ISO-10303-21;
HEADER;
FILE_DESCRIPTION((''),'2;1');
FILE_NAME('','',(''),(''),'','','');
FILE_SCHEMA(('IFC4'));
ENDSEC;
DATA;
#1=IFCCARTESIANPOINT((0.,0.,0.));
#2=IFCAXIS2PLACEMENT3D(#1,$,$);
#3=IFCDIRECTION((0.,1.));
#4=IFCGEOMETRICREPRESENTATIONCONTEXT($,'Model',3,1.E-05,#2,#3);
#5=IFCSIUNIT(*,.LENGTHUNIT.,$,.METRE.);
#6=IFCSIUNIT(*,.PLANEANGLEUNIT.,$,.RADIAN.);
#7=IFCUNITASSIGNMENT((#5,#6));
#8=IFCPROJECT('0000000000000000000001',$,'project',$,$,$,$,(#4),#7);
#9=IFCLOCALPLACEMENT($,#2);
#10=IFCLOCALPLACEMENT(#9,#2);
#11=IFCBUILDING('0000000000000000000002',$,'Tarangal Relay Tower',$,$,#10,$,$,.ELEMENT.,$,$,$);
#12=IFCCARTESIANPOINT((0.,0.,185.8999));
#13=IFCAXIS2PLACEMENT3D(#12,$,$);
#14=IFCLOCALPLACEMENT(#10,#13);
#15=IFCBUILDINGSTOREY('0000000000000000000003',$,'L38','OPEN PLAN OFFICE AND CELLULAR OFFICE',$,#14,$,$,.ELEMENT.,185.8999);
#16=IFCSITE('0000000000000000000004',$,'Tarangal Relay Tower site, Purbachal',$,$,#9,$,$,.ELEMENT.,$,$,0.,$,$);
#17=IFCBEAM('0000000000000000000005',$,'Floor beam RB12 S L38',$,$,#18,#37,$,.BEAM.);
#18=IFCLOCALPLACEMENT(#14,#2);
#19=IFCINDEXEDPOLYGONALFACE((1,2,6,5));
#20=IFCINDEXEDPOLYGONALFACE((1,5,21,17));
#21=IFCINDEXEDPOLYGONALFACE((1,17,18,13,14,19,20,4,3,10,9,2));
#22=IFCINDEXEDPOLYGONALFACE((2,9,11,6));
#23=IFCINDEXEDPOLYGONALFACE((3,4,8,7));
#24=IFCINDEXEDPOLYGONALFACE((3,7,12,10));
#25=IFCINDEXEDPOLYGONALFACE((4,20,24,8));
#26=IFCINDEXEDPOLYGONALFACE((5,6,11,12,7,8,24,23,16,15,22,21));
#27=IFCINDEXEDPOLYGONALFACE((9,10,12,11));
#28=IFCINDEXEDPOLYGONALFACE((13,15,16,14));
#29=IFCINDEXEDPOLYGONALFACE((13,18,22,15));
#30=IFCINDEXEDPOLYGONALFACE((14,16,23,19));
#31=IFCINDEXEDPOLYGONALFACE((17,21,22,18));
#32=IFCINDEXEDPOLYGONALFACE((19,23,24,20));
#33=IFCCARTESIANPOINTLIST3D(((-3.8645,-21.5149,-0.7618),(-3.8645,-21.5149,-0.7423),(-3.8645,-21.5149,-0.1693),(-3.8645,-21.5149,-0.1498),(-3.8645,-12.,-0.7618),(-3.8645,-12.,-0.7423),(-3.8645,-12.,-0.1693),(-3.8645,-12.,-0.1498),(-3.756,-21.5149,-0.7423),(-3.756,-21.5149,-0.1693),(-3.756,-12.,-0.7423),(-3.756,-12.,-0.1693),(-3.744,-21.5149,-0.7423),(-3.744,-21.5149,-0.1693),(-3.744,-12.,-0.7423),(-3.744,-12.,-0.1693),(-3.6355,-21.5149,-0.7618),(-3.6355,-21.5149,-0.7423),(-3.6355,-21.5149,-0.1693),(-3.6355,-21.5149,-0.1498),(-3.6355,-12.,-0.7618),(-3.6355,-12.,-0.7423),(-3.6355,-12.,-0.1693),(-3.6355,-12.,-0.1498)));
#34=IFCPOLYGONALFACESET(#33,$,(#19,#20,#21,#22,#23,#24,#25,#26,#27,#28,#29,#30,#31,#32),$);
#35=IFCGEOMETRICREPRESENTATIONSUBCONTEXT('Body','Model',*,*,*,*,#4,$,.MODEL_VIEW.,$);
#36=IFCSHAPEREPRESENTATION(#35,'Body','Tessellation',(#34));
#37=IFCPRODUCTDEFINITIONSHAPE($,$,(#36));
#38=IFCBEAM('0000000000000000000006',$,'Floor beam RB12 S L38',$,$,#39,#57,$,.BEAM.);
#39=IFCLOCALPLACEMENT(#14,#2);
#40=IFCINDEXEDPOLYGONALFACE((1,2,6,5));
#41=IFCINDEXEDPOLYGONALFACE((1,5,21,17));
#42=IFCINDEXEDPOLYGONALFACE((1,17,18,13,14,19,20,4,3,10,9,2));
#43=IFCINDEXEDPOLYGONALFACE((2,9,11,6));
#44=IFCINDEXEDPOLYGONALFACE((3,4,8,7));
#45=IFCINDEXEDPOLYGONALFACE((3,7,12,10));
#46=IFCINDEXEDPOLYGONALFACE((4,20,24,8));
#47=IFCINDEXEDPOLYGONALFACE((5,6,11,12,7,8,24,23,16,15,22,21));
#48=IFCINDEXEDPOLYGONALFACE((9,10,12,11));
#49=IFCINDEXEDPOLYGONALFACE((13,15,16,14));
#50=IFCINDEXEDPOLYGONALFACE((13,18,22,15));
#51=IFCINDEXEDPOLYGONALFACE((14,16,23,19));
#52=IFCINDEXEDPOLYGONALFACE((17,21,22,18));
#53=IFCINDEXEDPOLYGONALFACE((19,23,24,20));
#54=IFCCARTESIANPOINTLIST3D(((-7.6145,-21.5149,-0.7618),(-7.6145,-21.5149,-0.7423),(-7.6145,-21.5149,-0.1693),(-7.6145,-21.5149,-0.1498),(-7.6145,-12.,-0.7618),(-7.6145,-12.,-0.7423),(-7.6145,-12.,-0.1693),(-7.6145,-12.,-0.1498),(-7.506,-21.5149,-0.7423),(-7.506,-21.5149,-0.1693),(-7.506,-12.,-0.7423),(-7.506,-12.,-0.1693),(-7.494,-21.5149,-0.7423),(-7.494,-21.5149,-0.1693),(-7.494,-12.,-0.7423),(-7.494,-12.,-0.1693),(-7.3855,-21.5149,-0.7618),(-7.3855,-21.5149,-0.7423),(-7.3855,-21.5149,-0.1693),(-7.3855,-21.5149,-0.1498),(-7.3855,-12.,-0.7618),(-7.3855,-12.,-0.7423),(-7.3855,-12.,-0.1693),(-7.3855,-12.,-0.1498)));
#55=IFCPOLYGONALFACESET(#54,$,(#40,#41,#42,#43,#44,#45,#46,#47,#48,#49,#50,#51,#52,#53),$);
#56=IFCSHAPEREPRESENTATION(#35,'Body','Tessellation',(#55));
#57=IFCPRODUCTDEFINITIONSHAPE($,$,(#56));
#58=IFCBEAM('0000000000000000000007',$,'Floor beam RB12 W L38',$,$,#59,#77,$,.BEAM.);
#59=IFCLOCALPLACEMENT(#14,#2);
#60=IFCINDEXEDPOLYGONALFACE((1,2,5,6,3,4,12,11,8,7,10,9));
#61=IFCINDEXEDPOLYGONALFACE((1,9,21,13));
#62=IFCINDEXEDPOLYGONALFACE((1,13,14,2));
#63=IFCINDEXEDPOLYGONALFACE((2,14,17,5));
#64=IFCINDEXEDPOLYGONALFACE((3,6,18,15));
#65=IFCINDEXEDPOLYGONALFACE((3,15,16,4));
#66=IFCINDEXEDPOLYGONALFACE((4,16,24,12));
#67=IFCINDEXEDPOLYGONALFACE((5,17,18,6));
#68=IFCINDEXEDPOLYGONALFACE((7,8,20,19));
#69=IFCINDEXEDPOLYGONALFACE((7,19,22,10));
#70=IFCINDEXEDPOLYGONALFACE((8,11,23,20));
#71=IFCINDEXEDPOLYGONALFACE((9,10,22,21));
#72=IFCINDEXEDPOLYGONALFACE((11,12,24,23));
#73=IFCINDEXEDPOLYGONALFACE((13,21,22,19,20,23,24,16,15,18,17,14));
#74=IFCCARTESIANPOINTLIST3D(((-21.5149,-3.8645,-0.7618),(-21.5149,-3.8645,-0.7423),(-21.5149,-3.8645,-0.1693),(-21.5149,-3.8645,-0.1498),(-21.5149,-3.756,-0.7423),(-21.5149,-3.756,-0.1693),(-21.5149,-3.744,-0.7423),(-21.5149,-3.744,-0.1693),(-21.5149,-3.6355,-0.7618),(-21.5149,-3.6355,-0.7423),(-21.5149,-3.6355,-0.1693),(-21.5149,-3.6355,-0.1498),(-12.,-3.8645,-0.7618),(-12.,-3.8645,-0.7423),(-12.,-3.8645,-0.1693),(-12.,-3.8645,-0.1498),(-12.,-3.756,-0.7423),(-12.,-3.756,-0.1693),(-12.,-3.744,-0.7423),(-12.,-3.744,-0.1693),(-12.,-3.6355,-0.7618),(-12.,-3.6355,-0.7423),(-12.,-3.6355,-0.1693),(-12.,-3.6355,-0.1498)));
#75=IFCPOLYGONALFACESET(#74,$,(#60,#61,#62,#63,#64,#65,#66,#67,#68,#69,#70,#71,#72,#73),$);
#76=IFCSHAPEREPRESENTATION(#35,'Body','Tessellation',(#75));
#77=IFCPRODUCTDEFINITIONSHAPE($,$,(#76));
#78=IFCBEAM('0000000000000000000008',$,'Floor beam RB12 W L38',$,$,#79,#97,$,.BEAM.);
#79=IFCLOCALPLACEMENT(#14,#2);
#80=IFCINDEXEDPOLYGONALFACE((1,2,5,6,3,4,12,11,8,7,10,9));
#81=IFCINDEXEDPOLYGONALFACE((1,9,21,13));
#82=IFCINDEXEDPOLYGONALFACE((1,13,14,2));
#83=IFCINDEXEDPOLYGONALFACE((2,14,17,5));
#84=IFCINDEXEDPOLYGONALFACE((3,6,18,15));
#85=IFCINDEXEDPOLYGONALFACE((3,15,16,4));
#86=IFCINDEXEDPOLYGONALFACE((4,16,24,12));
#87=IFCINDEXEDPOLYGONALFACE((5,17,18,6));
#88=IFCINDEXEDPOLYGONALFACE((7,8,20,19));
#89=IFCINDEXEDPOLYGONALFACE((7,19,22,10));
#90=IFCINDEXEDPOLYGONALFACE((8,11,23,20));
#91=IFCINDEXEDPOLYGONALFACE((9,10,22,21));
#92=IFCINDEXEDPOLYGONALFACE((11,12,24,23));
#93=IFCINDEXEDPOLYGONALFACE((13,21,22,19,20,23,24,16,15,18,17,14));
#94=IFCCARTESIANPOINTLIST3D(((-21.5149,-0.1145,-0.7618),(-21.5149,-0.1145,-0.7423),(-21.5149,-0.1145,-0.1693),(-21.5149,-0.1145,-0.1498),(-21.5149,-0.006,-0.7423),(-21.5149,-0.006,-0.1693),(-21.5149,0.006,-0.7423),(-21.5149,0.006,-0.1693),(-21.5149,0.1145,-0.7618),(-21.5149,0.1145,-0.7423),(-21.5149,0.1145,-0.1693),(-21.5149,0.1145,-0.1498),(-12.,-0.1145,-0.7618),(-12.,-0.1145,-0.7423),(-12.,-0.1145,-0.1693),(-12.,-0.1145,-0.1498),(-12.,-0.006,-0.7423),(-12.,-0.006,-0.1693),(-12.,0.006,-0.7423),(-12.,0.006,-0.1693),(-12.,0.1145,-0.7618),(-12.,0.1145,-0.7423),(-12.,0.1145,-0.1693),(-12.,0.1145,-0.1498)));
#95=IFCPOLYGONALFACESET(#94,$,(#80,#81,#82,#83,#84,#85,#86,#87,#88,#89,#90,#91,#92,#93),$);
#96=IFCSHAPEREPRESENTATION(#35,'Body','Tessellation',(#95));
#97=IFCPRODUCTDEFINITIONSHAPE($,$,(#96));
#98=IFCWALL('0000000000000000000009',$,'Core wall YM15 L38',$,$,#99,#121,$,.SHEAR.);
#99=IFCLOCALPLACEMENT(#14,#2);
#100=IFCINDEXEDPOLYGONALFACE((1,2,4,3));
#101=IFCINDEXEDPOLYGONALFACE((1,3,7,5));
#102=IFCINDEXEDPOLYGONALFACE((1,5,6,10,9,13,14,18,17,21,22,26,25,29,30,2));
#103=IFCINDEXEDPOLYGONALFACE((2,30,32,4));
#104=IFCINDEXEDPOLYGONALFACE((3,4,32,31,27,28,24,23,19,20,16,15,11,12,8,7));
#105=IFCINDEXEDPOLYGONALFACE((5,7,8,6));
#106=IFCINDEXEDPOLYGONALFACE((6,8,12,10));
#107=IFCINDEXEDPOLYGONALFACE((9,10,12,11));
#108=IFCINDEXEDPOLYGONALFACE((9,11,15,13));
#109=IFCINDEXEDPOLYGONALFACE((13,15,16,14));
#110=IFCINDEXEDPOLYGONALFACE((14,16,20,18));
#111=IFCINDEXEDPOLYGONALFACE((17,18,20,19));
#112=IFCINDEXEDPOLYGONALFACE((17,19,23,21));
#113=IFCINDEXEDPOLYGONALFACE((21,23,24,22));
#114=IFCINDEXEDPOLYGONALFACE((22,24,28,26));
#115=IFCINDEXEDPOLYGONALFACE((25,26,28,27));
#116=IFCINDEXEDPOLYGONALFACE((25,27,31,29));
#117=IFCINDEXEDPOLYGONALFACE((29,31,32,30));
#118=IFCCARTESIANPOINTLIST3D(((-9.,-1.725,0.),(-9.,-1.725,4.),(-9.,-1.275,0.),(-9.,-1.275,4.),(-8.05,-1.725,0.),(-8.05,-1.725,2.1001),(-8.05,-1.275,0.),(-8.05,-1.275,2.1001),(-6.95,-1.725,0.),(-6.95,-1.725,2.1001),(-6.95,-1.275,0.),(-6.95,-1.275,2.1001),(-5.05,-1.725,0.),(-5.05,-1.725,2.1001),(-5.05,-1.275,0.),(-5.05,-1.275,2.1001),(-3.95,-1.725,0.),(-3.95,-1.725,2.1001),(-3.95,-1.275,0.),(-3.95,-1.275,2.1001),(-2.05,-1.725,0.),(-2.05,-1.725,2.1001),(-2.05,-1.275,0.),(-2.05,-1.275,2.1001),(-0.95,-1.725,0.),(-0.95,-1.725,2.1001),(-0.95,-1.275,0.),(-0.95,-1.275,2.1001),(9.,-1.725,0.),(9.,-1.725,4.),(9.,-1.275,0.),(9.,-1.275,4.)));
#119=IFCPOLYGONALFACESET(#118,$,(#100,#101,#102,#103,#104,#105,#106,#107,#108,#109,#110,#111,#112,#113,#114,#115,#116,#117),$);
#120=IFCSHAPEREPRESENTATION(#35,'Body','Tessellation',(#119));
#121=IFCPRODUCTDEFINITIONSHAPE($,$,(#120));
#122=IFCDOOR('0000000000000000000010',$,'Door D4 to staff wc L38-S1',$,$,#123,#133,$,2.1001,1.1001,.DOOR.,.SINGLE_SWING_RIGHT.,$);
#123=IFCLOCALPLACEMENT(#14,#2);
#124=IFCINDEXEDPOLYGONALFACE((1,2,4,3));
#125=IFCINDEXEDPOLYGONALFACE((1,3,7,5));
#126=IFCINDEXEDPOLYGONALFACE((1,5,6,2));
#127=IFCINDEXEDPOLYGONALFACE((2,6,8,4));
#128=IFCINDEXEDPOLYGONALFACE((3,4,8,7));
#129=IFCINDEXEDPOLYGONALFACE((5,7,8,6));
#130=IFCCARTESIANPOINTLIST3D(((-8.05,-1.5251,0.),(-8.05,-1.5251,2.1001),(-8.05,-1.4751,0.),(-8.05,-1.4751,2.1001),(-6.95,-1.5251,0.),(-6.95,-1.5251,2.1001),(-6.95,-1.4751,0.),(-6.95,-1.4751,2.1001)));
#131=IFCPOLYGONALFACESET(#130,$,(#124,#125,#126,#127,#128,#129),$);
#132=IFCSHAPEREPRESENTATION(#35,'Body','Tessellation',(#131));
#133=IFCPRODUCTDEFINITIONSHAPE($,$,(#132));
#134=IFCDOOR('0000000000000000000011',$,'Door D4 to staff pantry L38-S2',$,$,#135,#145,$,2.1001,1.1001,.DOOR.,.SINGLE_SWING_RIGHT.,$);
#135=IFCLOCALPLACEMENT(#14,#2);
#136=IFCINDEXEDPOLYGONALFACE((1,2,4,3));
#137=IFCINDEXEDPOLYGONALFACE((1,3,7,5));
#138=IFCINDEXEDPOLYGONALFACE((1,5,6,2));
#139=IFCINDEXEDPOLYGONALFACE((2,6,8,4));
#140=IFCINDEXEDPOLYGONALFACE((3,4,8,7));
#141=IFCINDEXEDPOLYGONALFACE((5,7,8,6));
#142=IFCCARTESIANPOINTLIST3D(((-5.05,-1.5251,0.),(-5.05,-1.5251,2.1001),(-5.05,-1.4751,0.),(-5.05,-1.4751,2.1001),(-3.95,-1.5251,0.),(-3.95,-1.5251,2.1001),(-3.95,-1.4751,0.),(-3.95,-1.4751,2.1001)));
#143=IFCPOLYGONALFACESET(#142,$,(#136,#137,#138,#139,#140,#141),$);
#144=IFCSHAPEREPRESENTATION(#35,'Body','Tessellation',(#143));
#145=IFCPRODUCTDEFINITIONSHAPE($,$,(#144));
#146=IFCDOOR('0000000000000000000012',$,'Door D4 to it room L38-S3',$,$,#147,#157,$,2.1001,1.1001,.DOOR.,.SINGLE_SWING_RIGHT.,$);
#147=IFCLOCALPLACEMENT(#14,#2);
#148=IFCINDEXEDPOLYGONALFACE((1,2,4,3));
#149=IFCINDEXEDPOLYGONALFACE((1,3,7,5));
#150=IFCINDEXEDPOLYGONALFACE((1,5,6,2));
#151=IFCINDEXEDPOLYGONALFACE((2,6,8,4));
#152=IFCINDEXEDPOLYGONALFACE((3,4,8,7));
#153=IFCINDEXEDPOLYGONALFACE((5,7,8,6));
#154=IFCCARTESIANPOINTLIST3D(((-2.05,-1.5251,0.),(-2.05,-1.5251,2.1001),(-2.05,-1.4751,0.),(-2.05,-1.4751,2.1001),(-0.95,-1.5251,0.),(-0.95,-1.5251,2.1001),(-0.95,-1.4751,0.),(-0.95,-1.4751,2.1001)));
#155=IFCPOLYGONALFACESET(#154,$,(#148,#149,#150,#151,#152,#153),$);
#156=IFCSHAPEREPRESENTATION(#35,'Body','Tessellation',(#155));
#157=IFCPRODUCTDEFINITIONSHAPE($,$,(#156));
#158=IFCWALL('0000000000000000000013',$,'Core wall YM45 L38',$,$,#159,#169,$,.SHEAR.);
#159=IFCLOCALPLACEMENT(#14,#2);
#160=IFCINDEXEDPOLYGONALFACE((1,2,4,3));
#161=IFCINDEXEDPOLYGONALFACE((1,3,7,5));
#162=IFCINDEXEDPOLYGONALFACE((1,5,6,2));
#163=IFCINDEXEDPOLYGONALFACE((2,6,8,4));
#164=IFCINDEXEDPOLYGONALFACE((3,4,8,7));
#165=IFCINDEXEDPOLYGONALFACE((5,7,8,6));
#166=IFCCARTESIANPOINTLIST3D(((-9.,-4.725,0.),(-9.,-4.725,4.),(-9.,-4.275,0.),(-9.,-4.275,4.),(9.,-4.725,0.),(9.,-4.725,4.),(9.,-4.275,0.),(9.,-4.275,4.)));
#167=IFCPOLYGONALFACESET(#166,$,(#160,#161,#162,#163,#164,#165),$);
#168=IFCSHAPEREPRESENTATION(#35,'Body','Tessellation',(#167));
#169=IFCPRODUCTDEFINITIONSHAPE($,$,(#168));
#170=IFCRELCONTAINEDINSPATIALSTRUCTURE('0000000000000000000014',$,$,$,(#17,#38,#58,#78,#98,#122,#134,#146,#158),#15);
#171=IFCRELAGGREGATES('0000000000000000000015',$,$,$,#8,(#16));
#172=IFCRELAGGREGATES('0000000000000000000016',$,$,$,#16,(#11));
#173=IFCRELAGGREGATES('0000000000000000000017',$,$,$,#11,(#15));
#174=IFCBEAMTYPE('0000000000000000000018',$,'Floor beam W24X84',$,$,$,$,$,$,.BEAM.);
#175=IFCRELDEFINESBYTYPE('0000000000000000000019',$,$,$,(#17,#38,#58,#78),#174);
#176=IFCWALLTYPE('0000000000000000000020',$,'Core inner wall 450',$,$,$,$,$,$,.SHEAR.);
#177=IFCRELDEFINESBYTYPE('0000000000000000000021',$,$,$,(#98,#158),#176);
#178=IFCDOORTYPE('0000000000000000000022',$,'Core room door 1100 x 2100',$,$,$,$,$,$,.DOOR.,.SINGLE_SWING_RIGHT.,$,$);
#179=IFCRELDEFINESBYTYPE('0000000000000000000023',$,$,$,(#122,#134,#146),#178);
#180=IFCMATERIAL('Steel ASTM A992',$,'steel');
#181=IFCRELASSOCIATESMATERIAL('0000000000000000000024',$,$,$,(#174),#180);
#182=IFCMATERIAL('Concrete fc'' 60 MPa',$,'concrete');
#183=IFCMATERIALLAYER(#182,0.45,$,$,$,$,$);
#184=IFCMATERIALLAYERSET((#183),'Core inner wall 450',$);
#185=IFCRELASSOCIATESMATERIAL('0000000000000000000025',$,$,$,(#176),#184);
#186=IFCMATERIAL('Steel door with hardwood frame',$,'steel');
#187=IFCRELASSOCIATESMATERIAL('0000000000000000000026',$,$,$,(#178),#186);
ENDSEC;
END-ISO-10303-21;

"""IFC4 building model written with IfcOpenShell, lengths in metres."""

from ifc_helpers import new_model, si_unit, direction, frame, frame_2d, origin, origin_2d, place, context, subcontext, project, spatial, rectangle, i_section, extrude, material, layer, layer_set, material_profile, profile_set, type_object, element, fill, save


model = new_model("IFC4")

# Units and contexts
model_context = context("Model", 3, precision=1e-05, world=origin(), true_north=direction((0.0, 1.0)))
body_context = subcontext(model_context, "Body", "Model", "MODEL_VIEW")
ifc_project = project(units=[si_unit("LENGTHUNIT", "METRE"), si_unit("PLANEANGLEUNIT", "RADIAN")], contexts=[model_context])

# Site, building, storey
site_placement = place(None, origin())
site = spatial("IfcSite", under=ifc_project, at=site_placement, Name="Tarangal Relay Tower site, Purbachal", CompositionType="ELEMENT", RefElevation=0.0)
building_placement = place(site_placement, origin())
building = spatial("IfcBuilding", under=site, at=building_placement, Name="Tarangal Relay Tower", CompositionType="ELEMENT")
storey_placement = place(building_placement, frame((0.0, 0.0, 185.8999)))
storey = spatial("IfcBuildingStorey", under=building, at=storey_placement, Name="L38", Description="OPEN PLAN OFFICE AND CELLULAR OFFICE", CompositionType="ELEMENT", Elevation=185.8999)

# Beams
ifc_material_1 = material(Name="Steel ASTM A992", Category="steel")
ifc_material_profile = material_profile(ifc_material_1, i_section(OverallWidth=0.229, OverallDepth=0.6121, WebThickness=0.012, FlangeThickness=0.0195, at=origin_2d()), Name="W24X84")
ifc_profile_set = profile_set([ifc_material_profile], Name="Steel ASTM A992")
beam_type = type_object("IfcBeamType", Name="Floor beam W24X84", PredefinedType="BEAM", material=ifc_profile_set)
for number, where, z_axis, x_axis, name in (
    (1, (-3.75, -12.0, -0.4558), (0.0, -1.0, 0.0), (1.0, 0.0, 0.0), "Floor beam RB12 S L38"),
    (2, (-7.5, -12.0, -0.4558), (0.0, -1.0, 0.0), (1.0, 0.0, 0.0), "Floor beam RB12 S L38"),
    (3, (-12.0, -3.75, -0.4558), (-1.0, 0.0, 0.0), (0.0, -1.0, 0.0), "Floor beam RB12 W L38"),
    (4, (-12.0, 0.0, -0.4558), (-1.0, 0.0, 0.0), (0.0, -1.0, 0.0), "Floor beam RB12 W L38"),
):
    element("IfcBeam", number, at=place(storey_placement, frame(where, z_axis=z_axis, x_axis=x_axis)), inside=storey, type_object=beam_type, Name=name, PredefinedType="BEAM", context=body_context, shape_type="SweptSolid", body=[
        extrude(i_section(OverallWidth=0.229, OverallDepth=0.6121, WebThickness=0.012, FlangeThickness=0.0195, at=origin_2d()), origin(), (0.0, 0.0, 1.0), 9.5149),
    ])

# Wall, openings, doors
ifc_material_2 = material(Name="Concrete fc' 60 MPa", Category="concrete")
ifc_layer_1 = layer(ifc_material_2, 0.45)
ifc_layer_set_1 = layer_set([ifc_layer_1], Name="Core inner wall 450")
wall_type_1 = type_object("IfcWallType", Name="Core inner wall 450", PredefinedType="SHEAR", material=ifc_layer_set_1)
wall_1_placement = place(storey_placement, frame((-9.0, -1.5, 0.0), z_axis=(0.0, 0.0, 1.0), x_axis=(1.0, 0.0, 0.0)))
wall_1 = element("IfcWall", 5, at=wall_1_placement, inside=storey, type_object=wall_type_1, Name="Core wall YM15 L38", PredefinedType="SHEAR", context=body_context, shape_type="SweptSolid", body=[
    extrude(rectangle(XDim=18.0, YDim=0.45, at=frame_2d((9.0, 0.0))), origin(), (0.0, 0.0, 1.0), 4.0),
])
opening_1_placement = place(wall_1_placement, frame((0.95, 0.0, 0.0)))
opening_1 = element("IfcOpeningElement", 6, at=opening_1_placement, cuts=wall_1, PredefinedType="OPENING", context=body_context, shape_type="SweptSolid", body=[
    extrude(rectangle(XDim=1.1001, YDim=2.1001, at=frame_2d((0.55, 1.05))), frame((0.0, 0.2349, 0.0), z_axis=(0.0, -1.0, 0.0), x_axis=(1.0, 0.0, 0.0)), (0.0, 0.0, 1.0), 0.47),
])
opening_2_placement = place(wall_1_placement, frame((3.95, 0.0, 0.0)))
opening_2 = element("IfcOpeningElement", 7, at=opening_2_placement, cuts=wall_1, PredefinedType="OPENING", context=body_context, shape_type="SweptSolid", body=[
    extrude(rectangle(XDim=1.1001, YDim=2.1001, at=frame_2d((0.55, 1.05))), frame((0.0, 0.2349, 0.0), z_axis=(0.0, -1.0, 0.0), x_axis=(1.0, 0.0, 0.0)), (0.0, 0.0, 1.0), 0.47),
])
opening_3_placement = place(wall_1_placement, frame((6.95, 0.0, 0.0)))
opening_3 = element("IfcOpeningElement", 8, at=opening_3_placement, cuts=wall_1, PredefinedType="OPENING", context=body_context, shape_type="SweptSolid", body=[
    extrude(rectangle(XDim=1.1001, YDim=2.1001, at=frame_2d((0.55, 1.05))), frame((0.0, 0.2349, 0.0), z_axis=(0.0, -1.0, 0.0), x_axis=(1.0, 0.0, 0.0)), (0.0, 0.0, 1.0), 0.47),
])
ifc_material_3 = material(Name="Steel door with hardwood frame", Category="steel")
door_type_1 = type_object("IfcDoorType", Name="Core room door 1100 x 2100", OperationType="SINGLE_SWING_RIGHT", PredefinedType="DOOR", material=ifc_material_3)
door_1_placement = place(opening_1_placement, origin())
door_1 = element("IfcDoor", 9, at=door_1_placement, inside=storey, type_object=door_type_1, Name="Door D4 to staff wc L38-S1", OperationType="SINGLE_SWING_RIGHT", OverallHeight=2.1001, OverallWidth=1.1001, PredefinedType="DOOR", context=body_context, shape_type="SweptSolid", body=[
    extrude(rectangle(XDim=1.1001, YDim=2.1001, at=frame_2d((0.55, 1.05))), frame((0.0, 0.0249, 0.0), z_axis=(0.0, -1.0, 0.0), x_axis=(1.0, 0.0, 0.0)), (0.0, 0.0, 1.0), 0.05),
])
fill(opening_1, door_1)
door_2_placement = place(opening_2_placement, origin())
door_2 = element("IfcDoor", 10, at=door_2_placement, inside=storey, type_object=door_type_1, Name="Door D4 to staff pantry L38-S2", OperationType="SINGLE_SWING_RIGHT", OverallHeight=2.1001, OverallWidth=1.1001, PredefinedType="DOOR", context=body_context, shape_type="SweptSolid", body=[
    extrude(rectangle(XDim=1.1001, YDim=2.1001, at=frame_2d((0.55, 1.05))), frame((0.0, 0.0249, 0.0), z_axis=(0.0, -1.0, 0.0), x_axis=(1.0, 0.0, 0.0)), (0.0, 0.0, 1.0), 0.05),
])
fill(opening_2, door_2)
door_3_placement = place(opening_3_placement, origin())
door_3 = element("IfcDoor", 11, at=door_3_placement, inside=storey, type_object=door_type_1, Name="Door D4 to it room L38-S3", OperationType="SINGLE_SWING_RIGHT", OverallHeight=2.1001, OverallWidth=1.1001, PredefinedType="DOOR", context=body_context, shape_type="SweptSolid", body=[
    extrude(rectangle(XDim=1.1001, YDim=2.1001, at=frame_2d((0.55, 1.05))), frame((0.0, 0.0249, 0.0), z_axis=(0.0, -1.0, 0.0), x_axis=(1.0, 0.0, 0.0)), (0.0, 0.0, 1.0), 0.05),
])
fill(opening_3, door_3)

# Wall
wall_2_placement = place(storey_placement, frame((-9.0, -4.5, 0.0), z_axis=(0.0, 0.0, 1.0), x_axis=(1.0, 0.0, 0.0)))
element("IfcWall", 12, at=wall_2_placement, inside=storey, type_object=wall_type_1, Name="Core wall YM45 L38", PredefinedType="SHEAR", context=body_context, shape_type="SweptSolid", body=[
    extrude(rectangle(XDim=18.0, YDim=0.45, at=frame_2d((9.0, 0.0))), origin(), (0.0, 0.0, 1.0), 4.0),
])

save(model, "model.ifc")
